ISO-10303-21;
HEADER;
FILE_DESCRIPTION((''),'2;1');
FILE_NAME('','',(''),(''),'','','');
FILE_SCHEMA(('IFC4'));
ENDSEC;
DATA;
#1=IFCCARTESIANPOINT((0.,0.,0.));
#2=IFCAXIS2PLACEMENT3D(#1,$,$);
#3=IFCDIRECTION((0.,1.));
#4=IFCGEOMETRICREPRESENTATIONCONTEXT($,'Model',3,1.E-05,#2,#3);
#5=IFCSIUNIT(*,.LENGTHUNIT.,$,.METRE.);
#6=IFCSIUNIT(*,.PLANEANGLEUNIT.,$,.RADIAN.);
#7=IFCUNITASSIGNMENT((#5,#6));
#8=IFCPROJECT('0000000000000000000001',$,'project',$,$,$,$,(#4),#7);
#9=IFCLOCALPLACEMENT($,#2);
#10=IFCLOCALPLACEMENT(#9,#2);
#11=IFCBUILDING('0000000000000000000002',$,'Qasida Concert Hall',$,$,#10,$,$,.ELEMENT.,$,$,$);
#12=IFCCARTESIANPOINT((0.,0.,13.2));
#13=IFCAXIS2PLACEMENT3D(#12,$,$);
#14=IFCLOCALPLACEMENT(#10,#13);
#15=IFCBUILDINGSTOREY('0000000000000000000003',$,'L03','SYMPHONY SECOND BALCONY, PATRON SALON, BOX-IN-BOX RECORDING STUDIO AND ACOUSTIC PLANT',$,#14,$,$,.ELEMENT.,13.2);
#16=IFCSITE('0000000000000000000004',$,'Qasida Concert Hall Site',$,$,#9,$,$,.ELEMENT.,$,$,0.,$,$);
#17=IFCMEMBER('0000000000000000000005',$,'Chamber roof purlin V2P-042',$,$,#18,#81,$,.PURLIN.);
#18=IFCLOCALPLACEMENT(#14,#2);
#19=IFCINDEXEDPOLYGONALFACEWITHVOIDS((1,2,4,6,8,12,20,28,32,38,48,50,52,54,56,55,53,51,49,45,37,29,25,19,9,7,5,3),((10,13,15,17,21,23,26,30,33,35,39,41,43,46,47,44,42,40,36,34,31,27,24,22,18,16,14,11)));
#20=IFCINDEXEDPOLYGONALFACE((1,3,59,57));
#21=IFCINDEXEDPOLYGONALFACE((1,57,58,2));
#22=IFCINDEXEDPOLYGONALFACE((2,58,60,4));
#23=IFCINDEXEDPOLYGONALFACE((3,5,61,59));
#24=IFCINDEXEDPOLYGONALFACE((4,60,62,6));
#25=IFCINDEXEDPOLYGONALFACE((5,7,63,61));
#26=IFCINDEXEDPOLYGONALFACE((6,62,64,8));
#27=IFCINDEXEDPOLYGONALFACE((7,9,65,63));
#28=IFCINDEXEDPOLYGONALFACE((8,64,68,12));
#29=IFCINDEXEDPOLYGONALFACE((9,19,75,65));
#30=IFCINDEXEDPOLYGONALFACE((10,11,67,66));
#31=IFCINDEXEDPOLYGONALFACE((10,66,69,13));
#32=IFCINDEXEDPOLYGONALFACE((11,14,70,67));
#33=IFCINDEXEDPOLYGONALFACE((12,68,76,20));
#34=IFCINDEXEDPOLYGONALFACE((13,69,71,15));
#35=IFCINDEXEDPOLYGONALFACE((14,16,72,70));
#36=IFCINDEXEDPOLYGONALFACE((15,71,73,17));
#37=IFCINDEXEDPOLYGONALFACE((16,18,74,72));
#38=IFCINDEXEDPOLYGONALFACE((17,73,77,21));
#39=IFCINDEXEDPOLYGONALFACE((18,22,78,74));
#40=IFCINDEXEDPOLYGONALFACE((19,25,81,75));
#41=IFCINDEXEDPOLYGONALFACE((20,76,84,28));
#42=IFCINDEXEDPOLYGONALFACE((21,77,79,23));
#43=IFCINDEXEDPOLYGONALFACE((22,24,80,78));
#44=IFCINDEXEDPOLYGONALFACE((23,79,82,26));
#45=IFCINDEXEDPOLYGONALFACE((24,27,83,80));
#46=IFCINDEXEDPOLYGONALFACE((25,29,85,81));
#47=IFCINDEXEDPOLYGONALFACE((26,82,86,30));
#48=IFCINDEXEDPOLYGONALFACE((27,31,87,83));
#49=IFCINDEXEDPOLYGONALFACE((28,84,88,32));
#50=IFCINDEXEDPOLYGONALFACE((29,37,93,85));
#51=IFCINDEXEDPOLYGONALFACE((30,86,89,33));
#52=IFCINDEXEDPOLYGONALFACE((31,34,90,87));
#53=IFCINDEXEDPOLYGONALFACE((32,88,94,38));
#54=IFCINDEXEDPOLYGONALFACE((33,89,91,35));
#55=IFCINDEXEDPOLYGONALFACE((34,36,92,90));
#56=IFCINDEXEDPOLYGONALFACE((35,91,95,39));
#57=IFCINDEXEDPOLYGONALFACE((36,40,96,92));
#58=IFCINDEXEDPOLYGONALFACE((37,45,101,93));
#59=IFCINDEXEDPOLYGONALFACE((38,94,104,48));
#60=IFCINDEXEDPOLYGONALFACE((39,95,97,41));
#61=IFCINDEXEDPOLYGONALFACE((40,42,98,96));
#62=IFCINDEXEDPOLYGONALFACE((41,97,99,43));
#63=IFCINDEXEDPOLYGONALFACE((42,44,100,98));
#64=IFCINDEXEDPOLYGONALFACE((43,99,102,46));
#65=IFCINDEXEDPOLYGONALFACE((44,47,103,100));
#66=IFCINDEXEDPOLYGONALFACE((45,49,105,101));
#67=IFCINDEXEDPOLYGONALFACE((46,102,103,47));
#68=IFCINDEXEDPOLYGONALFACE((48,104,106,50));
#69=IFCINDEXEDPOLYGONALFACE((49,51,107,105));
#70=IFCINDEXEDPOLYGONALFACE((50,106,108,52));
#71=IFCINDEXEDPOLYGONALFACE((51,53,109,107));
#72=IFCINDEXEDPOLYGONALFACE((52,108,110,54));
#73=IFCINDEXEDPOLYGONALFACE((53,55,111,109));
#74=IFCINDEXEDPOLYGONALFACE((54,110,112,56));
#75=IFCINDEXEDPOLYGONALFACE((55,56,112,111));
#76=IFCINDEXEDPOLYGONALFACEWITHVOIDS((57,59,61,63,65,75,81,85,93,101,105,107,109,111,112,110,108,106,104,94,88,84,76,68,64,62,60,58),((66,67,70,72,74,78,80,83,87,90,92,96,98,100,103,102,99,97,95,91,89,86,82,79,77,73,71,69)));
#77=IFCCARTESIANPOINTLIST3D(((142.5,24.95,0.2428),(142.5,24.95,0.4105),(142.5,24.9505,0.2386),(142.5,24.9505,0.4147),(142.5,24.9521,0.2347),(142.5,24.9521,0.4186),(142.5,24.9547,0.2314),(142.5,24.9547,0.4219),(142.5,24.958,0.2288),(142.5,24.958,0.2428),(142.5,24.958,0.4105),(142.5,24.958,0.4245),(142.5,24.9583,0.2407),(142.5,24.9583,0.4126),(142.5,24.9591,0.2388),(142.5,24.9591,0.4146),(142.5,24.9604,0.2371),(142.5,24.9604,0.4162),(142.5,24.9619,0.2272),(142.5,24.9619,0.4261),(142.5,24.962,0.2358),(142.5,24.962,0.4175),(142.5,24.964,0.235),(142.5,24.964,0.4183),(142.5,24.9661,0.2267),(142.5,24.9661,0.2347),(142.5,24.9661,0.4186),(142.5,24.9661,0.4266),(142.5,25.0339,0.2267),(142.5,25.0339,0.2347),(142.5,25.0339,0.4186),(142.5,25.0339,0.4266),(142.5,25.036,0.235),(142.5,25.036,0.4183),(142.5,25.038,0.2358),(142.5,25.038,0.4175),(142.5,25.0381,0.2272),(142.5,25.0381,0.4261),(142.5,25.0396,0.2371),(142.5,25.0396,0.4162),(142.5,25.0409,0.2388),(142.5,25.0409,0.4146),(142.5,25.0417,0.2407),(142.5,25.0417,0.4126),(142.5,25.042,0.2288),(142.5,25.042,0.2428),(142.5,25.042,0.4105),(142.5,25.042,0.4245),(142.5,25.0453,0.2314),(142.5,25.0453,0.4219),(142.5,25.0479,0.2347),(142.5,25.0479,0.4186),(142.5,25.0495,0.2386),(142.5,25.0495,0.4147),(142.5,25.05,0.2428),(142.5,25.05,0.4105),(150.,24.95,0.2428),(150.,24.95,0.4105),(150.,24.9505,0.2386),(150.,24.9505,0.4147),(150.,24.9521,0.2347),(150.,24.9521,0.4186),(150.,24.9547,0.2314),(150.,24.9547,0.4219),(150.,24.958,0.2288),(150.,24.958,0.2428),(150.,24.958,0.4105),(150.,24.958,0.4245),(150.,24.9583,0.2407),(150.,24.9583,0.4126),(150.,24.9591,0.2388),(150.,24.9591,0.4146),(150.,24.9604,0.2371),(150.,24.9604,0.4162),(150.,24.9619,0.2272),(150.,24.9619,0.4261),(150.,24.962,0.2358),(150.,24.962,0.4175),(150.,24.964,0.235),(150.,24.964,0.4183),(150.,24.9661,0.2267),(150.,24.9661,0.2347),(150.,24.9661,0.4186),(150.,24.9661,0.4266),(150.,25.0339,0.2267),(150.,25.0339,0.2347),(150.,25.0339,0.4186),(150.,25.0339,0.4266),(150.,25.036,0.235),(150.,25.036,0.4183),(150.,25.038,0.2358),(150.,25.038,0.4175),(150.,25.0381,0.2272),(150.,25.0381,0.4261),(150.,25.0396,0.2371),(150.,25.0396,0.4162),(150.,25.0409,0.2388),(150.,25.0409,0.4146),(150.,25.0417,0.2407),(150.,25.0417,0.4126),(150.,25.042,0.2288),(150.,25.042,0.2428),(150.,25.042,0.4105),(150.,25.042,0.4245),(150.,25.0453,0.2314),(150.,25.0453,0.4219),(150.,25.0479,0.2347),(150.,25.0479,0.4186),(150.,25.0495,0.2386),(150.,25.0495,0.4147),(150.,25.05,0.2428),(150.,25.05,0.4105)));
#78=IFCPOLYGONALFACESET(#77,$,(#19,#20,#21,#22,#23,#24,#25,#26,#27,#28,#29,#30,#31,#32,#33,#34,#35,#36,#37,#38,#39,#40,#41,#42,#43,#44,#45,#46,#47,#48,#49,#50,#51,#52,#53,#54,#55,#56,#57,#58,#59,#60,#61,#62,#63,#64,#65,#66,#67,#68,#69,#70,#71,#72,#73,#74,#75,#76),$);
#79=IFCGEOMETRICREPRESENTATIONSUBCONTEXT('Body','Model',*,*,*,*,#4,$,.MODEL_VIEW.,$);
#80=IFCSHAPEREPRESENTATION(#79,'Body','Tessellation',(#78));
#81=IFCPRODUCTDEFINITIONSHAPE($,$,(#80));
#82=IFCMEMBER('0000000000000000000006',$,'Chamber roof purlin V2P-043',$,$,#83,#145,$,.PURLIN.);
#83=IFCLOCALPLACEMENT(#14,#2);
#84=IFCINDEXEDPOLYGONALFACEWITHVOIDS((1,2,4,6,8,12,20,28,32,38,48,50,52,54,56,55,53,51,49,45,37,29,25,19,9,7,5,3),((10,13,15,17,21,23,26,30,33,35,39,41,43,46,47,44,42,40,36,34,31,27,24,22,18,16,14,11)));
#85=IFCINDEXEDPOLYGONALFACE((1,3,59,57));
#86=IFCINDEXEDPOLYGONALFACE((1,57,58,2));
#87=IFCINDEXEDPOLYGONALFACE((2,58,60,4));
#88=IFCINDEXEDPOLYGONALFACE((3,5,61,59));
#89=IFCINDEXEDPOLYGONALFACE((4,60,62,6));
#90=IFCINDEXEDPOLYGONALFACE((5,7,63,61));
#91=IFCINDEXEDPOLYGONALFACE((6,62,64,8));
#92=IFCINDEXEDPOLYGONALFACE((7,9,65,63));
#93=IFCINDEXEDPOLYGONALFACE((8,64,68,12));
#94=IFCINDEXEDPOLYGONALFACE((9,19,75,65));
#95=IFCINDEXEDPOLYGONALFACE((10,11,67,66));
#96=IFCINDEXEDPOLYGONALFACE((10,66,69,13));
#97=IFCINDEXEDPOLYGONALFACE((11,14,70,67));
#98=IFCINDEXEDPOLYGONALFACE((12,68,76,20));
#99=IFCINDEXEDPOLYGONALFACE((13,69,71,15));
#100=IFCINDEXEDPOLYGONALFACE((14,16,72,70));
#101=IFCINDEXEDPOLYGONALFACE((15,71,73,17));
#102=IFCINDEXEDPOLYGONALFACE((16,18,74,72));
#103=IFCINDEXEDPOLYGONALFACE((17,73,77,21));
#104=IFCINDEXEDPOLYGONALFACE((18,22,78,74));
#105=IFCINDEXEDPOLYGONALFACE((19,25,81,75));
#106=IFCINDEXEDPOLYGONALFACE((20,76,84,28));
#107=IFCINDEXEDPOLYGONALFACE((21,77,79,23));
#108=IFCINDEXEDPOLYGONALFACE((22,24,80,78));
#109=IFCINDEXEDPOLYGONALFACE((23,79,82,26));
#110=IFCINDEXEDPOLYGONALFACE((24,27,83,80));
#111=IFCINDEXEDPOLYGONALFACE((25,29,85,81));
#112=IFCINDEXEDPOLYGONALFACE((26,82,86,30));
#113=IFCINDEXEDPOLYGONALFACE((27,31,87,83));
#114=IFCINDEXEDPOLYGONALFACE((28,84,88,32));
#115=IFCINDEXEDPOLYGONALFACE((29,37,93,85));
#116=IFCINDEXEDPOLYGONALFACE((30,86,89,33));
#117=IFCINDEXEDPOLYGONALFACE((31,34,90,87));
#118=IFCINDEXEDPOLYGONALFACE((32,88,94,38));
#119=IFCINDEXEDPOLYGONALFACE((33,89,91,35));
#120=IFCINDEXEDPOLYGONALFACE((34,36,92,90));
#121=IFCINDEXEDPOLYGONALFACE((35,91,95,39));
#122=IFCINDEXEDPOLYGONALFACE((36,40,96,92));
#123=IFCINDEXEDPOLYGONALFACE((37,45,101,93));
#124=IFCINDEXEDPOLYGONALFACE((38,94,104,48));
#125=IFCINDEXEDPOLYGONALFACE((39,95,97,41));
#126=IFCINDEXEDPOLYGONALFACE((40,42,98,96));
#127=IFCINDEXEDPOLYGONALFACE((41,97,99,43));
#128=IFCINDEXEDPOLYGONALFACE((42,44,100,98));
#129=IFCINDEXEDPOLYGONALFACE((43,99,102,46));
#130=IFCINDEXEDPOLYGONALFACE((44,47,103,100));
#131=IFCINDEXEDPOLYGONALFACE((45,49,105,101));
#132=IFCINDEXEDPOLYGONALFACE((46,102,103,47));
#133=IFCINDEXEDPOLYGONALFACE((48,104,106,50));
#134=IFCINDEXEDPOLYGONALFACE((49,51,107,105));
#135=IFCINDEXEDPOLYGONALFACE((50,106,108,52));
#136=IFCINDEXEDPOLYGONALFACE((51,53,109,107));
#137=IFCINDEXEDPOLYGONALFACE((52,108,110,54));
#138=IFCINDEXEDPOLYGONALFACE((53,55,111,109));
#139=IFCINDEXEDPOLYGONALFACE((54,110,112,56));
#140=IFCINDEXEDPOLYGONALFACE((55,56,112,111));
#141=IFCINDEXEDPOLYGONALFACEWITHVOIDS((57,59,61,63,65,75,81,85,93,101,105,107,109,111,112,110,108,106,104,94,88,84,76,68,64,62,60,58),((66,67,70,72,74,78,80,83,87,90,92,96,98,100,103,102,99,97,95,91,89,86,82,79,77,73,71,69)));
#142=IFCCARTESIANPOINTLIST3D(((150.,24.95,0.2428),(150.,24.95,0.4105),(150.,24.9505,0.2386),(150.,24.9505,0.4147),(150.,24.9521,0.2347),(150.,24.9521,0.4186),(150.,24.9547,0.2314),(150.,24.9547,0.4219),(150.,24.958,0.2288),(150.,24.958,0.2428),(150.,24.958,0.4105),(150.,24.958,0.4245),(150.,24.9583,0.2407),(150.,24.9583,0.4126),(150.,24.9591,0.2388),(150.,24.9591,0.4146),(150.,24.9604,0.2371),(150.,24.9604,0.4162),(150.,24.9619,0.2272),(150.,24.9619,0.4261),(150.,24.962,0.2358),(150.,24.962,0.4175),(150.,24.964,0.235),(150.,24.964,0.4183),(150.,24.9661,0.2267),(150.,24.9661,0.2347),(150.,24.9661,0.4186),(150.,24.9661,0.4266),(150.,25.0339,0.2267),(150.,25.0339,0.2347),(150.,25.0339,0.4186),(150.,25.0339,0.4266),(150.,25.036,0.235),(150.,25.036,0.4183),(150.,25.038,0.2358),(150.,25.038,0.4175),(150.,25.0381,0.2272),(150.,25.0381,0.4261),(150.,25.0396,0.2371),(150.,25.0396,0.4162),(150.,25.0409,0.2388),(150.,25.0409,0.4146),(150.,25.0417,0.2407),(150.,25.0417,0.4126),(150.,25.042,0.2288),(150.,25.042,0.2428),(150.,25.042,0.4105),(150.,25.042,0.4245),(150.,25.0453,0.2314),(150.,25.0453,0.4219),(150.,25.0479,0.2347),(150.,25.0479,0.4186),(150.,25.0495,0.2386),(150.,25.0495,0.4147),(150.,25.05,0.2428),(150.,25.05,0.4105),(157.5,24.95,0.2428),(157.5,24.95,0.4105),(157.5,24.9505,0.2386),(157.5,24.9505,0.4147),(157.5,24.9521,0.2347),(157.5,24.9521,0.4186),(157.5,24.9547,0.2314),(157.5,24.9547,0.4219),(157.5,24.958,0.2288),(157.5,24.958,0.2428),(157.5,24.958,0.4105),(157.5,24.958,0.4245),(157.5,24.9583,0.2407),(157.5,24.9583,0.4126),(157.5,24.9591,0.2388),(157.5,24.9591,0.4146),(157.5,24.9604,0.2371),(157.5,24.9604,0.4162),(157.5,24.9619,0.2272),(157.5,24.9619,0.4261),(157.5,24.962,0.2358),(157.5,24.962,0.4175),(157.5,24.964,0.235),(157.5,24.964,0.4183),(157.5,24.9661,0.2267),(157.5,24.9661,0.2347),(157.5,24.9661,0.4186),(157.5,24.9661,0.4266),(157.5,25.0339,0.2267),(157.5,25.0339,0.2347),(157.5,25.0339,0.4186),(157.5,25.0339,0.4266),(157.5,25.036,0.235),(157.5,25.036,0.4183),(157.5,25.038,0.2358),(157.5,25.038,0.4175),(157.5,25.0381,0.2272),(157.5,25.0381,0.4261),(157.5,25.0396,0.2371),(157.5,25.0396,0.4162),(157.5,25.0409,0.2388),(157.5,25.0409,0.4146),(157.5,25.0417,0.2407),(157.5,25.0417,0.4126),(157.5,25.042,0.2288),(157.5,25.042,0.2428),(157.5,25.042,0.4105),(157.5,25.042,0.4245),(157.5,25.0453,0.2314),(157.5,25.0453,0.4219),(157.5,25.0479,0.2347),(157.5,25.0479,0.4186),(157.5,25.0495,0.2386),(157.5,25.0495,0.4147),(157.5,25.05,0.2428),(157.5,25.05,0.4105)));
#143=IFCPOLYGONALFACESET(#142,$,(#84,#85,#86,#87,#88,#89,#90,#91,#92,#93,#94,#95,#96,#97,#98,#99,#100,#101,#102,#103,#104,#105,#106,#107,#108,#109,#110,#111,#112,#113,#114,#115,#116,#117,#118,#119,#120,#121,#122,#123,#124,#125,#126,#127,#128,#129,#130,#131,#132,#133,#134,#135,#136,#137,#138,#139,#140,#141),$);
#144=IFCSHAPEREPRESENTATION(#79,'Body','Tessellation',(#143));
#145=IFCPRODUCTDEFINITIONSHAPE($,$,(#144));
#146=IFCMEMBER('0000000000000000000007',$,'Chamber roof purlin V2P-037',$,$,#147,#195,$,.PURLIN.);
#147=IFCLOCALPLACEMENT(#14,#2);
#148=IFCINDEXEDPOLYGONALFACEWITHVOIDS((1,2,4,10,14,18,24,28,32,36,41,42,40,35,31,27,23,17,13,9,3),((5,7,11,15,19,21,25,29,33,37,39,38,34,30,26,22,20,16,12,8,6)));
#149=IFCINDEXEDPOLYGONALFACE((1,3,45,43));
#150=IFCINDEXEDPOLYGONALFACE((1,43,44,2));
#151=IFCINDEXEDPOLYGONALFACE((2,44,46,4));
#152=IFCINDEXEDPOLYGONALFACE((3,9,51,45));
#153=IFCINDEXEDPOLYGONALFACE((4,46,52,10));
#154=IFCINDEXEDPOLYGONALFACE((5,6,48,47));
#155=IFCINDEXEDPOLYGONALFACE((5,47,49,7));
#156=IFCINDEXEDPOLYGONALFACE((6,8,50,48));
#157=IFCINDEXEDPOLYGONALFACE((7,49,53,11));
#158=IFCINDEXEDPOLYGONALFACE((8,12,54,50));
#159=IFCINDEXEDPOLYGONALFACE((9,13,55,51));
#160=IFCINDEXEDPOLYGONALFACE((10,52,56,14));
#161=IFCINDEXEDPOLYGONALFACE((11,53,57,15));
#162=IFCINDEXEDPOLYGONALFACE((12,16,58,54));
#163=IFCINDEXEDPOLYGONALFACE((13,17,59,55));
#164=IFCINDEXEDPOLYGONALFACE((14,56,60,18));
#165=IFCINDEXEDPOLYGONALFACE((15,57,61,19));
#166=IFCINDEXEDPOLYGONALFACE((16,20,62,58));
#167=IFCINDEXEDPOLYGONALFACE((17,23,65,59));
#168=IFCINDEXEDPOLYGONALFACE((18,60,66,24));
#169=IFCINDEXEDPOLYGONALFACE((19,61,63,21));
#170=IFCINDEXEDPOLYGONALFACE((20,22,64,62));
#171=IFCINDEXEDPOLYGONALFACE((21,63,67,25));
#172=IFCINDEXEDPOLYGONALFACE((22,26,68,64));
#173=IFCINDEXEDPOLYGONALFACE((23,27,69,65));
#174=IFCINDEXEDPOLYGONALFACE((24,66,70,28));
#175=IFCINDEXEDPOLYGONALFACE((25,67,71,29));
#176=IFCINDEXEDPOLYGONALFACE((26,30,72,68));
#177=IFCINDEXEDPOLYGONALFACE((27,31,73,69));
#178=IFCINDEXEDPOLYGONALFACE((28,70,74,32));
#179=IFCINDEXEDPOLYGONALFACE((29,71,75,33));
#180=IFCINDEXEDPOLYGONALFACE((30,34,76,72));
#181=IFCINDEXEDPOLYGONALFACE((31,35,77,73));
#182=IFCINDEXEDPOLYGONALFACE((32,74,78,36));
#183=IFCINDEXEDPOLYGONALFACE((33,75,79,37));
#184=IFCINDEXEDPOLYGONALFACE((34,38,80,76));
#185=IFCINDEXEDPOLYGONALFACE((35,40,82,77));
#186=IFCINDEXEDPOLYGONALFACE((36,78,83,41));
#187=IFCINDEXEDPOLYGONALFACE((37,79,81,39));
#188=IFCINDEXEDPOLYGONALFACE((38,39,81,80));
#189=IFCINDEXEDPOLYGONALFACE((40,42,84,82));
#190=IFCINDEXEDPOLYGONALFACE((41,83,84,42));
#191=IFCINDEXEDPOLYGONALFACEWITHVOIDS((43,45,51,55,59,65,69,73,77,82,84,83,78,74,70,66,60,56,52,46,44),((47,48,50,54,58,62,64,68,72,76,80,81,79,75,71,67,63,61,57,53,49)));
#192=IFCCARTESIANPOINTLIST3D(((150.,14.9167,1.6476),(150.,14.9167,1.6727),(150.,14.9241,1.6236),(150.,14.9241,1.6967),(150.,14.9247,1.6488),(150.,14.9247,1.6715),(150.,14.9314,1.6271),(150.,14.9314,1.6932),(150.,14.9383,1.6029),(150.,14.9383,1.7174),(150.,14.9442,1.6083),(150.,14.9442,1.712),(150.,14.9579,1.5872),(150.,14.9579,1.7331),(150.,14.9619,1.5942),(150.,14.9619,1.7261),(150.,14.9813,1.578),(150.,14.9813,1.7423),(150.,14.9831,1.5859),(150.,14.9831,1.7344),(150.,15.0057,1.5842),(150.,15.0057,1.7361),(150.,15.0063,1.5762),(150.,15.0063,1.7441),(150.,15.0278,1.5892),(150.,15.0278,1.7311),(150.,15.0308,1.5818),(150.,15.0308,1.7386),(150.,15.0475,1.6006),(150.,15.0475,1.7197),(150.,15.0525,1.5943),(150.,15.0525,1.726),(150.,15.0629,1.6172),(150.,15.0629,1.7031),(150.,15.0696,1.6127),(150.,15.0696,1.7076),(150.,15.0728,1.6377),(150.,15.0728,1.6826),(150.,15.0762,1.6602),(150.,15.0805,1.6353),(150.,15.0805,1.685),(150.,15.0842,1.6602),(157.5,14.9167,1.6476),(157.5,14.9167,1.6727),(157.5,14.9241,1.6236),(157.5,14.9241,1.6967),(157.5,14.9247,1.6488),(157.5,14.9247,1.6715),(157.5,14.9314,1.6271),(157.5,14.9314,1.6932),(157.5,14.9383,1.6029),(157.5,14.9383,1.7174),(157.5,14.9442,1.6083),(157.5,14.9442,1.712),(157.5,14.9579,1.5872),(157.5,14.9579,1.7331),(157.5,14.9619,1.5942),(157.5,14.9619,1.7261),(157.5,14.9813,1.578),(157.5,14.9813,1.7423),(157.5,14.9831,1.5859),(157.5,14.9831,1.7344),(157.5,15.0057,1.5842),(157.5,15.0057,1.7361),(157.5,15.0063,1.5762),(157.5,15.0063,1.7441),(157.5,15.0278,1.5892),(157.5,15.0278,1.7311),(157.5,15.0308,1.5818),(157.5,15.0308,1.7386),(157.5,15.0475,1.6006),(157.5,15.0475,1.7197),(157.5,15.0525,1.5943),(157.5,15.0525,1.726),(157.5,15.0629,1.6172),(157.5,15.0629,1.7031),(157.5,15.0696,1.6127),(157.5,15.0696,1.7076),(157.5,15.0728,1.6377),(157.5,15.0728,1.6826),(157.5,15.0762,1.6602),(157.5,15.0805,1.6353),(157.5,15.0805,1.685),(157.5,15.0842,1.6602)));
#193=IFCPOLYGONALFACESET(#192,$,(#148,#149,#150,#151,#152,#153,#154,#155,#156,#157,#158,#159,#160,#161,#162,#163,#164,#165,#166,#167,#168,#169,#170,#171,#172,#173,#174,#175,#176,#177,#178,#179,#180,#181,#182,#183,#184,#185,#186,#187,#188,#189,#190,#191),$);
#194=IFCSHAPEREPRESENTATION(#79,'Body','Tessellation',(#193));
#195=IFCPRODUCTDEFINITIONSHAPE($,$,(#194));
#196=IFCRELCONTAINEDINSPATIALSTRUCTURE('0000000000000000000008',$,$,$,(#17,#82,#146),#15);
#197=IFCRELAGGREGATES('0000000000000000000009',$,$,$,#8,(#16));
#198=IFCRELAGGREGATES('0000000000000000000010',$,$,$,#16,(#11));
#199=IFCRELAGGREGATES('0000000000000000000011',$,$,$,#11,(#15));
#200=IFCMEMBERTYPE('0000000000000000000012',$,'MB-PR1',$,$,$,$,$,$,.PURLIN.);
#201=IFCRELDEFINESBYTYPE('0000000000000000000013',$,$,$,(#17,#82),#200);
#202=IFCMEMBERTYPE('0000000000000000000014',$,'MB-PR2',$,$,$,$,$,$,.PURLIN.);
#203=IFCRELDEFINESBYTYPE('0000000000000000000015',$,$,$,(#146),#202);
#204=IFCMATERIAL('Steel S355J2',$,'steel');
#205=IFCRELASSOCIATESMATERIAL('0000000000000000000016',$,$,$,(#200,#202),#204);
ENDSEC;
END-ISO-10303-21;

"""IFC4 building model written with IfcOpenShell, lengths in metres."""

from ifc_helpers import new_model, si_unit, direction, frame, origin, origin_2d, place, context, subcontext, project, spatial, hollow_rectangle, hollow_circle, extrude, material, material_profile, profile_set, type_object, element, save


model = new_model("IFC4")

# Units and contexts
model_context = context("Model", 3, precision=1e-05, world=origin(), true_north=direction((0.0, 1.0)))
body_context = subcontext(model_context, "Body", "Model", "MODEL_VIEW")
ifc_project = project(units=[si_unit("LENGTHUNIT", "METRE"), si_unit("PLANEANGLEUNIT", "RADIAN")], contexts=[model_context])

# Site, building, storey
site_placement = place(None, origin())
site = spatial("IfcSite", under=ifc_project, at=site_placement, Name="Qasida Concert Hall Site", CompositionType="ELEMENT", RefElevation=0.0)
building_placement = place(site_placement, origin())
building = spatial("IfcBuilding", under=site, at=building_placement, Name="Qasida Concert Hall", CompositionType="ELEMENT")
storey_placement = place(building_placement, frame((0.0, 0.0, 13.2)))
storey = spatial("IfcBuildingStorey", under=building, at=storey_placement, Name="L03", Description="SYMPHONY SECOND BALCONY, PATRON SALON, BOX-IN-BOX RECORDING STUDIO AND ACOUSTIC PLANT", CompositionType="ELEMENT", Elevation=13.2)

# Members
ifc_material_1 = material(Name="Steel S355J2", Category="steel")
ifc_material_profile_1 = material_profile(ifc_material_1, hollow_rectangle(XDim=0.1001, YDim=0.2, WallThickness=0.0081, InnerFilletRadius=0.0081, OuterFilletRadius=0.0161, at=origin_2d()), Name="RHS 200x100x8")
ifc_profile_set_1 = profile_set([ifc_material_profile_1], Name="Steel S355J2")
member_type_1 = type_object("IfcMemberType", Name="MB-PR1", PredefinedType="PURLIN", material=ifc_profile_set_1)
for number, where, z_axis, x_axis, name in (
    (1, (142.5, 25.0, 0.3267), (1.0, 0.0, 0.0), (0.0, 1.0, 0.0), "Chamber roof purlin V2P-042"),
    (2, (150.0, 25.0, 0.3267), (1.0, 0.0, 0.0), (0.0, 1.0, 0.0), "Chamber roof purlin V2P-043"),
):
    element("IfcMember", number, at=place(storey_placement, frame(where, z_axis=z_axis, x_axis=x_axis)), inside=storey, type_object=member_type_1, Name=name, PredefinedType="PURLIN", context=body_context, shape_type="SweptSolid", body=[
        extrude(hollow_rectangle(XDim=0.1001, YDim=0.2, WallThickness=0.0081, InnerFilletRadius=0.0081, OuterFilletRadius=0.0161, at=origin_2d()), origin(), (0.0, 0.0, 1.0), 7.5),
    ])
ifc_material_profile_2 = material_profile(ifc_material_1, hollow_circle(Radius=0.0842, WallThickness=0.0081, at=origin_2d()), Name="CHS 168.3x8")
ifc_profile_set_2 = profile_set([ifc_material_profile_2], Name="Steel S355J2")
member_type_2 = type_object("IfcMemberType", Name="MB-PR2", PredefinedType="PURLIN", material=ifc_profile_set_2)
member_1_placement = place(storey_placement, frame((150.0, 15.0, 1.6602), z_axis=(1.0, 0.0, 0.0), x_axis=(0.0, 1.0, 0.0)))
element("IfcMember", 3, at=member_1_placement, inside=storey, type_object=member_type_2, Name="Chamber roof purlin V2P-037", PredefinedType="PURLIN", context=body_context, shape_type="SweptSolid", body=[
    extrude(hollow_circle(Radius=0.0842, WallThickness=0.0081, at=origin_2d()), origin(), (0.0, 0.0, 1.0), 7.5),
])

save(model, "model.ifc")
